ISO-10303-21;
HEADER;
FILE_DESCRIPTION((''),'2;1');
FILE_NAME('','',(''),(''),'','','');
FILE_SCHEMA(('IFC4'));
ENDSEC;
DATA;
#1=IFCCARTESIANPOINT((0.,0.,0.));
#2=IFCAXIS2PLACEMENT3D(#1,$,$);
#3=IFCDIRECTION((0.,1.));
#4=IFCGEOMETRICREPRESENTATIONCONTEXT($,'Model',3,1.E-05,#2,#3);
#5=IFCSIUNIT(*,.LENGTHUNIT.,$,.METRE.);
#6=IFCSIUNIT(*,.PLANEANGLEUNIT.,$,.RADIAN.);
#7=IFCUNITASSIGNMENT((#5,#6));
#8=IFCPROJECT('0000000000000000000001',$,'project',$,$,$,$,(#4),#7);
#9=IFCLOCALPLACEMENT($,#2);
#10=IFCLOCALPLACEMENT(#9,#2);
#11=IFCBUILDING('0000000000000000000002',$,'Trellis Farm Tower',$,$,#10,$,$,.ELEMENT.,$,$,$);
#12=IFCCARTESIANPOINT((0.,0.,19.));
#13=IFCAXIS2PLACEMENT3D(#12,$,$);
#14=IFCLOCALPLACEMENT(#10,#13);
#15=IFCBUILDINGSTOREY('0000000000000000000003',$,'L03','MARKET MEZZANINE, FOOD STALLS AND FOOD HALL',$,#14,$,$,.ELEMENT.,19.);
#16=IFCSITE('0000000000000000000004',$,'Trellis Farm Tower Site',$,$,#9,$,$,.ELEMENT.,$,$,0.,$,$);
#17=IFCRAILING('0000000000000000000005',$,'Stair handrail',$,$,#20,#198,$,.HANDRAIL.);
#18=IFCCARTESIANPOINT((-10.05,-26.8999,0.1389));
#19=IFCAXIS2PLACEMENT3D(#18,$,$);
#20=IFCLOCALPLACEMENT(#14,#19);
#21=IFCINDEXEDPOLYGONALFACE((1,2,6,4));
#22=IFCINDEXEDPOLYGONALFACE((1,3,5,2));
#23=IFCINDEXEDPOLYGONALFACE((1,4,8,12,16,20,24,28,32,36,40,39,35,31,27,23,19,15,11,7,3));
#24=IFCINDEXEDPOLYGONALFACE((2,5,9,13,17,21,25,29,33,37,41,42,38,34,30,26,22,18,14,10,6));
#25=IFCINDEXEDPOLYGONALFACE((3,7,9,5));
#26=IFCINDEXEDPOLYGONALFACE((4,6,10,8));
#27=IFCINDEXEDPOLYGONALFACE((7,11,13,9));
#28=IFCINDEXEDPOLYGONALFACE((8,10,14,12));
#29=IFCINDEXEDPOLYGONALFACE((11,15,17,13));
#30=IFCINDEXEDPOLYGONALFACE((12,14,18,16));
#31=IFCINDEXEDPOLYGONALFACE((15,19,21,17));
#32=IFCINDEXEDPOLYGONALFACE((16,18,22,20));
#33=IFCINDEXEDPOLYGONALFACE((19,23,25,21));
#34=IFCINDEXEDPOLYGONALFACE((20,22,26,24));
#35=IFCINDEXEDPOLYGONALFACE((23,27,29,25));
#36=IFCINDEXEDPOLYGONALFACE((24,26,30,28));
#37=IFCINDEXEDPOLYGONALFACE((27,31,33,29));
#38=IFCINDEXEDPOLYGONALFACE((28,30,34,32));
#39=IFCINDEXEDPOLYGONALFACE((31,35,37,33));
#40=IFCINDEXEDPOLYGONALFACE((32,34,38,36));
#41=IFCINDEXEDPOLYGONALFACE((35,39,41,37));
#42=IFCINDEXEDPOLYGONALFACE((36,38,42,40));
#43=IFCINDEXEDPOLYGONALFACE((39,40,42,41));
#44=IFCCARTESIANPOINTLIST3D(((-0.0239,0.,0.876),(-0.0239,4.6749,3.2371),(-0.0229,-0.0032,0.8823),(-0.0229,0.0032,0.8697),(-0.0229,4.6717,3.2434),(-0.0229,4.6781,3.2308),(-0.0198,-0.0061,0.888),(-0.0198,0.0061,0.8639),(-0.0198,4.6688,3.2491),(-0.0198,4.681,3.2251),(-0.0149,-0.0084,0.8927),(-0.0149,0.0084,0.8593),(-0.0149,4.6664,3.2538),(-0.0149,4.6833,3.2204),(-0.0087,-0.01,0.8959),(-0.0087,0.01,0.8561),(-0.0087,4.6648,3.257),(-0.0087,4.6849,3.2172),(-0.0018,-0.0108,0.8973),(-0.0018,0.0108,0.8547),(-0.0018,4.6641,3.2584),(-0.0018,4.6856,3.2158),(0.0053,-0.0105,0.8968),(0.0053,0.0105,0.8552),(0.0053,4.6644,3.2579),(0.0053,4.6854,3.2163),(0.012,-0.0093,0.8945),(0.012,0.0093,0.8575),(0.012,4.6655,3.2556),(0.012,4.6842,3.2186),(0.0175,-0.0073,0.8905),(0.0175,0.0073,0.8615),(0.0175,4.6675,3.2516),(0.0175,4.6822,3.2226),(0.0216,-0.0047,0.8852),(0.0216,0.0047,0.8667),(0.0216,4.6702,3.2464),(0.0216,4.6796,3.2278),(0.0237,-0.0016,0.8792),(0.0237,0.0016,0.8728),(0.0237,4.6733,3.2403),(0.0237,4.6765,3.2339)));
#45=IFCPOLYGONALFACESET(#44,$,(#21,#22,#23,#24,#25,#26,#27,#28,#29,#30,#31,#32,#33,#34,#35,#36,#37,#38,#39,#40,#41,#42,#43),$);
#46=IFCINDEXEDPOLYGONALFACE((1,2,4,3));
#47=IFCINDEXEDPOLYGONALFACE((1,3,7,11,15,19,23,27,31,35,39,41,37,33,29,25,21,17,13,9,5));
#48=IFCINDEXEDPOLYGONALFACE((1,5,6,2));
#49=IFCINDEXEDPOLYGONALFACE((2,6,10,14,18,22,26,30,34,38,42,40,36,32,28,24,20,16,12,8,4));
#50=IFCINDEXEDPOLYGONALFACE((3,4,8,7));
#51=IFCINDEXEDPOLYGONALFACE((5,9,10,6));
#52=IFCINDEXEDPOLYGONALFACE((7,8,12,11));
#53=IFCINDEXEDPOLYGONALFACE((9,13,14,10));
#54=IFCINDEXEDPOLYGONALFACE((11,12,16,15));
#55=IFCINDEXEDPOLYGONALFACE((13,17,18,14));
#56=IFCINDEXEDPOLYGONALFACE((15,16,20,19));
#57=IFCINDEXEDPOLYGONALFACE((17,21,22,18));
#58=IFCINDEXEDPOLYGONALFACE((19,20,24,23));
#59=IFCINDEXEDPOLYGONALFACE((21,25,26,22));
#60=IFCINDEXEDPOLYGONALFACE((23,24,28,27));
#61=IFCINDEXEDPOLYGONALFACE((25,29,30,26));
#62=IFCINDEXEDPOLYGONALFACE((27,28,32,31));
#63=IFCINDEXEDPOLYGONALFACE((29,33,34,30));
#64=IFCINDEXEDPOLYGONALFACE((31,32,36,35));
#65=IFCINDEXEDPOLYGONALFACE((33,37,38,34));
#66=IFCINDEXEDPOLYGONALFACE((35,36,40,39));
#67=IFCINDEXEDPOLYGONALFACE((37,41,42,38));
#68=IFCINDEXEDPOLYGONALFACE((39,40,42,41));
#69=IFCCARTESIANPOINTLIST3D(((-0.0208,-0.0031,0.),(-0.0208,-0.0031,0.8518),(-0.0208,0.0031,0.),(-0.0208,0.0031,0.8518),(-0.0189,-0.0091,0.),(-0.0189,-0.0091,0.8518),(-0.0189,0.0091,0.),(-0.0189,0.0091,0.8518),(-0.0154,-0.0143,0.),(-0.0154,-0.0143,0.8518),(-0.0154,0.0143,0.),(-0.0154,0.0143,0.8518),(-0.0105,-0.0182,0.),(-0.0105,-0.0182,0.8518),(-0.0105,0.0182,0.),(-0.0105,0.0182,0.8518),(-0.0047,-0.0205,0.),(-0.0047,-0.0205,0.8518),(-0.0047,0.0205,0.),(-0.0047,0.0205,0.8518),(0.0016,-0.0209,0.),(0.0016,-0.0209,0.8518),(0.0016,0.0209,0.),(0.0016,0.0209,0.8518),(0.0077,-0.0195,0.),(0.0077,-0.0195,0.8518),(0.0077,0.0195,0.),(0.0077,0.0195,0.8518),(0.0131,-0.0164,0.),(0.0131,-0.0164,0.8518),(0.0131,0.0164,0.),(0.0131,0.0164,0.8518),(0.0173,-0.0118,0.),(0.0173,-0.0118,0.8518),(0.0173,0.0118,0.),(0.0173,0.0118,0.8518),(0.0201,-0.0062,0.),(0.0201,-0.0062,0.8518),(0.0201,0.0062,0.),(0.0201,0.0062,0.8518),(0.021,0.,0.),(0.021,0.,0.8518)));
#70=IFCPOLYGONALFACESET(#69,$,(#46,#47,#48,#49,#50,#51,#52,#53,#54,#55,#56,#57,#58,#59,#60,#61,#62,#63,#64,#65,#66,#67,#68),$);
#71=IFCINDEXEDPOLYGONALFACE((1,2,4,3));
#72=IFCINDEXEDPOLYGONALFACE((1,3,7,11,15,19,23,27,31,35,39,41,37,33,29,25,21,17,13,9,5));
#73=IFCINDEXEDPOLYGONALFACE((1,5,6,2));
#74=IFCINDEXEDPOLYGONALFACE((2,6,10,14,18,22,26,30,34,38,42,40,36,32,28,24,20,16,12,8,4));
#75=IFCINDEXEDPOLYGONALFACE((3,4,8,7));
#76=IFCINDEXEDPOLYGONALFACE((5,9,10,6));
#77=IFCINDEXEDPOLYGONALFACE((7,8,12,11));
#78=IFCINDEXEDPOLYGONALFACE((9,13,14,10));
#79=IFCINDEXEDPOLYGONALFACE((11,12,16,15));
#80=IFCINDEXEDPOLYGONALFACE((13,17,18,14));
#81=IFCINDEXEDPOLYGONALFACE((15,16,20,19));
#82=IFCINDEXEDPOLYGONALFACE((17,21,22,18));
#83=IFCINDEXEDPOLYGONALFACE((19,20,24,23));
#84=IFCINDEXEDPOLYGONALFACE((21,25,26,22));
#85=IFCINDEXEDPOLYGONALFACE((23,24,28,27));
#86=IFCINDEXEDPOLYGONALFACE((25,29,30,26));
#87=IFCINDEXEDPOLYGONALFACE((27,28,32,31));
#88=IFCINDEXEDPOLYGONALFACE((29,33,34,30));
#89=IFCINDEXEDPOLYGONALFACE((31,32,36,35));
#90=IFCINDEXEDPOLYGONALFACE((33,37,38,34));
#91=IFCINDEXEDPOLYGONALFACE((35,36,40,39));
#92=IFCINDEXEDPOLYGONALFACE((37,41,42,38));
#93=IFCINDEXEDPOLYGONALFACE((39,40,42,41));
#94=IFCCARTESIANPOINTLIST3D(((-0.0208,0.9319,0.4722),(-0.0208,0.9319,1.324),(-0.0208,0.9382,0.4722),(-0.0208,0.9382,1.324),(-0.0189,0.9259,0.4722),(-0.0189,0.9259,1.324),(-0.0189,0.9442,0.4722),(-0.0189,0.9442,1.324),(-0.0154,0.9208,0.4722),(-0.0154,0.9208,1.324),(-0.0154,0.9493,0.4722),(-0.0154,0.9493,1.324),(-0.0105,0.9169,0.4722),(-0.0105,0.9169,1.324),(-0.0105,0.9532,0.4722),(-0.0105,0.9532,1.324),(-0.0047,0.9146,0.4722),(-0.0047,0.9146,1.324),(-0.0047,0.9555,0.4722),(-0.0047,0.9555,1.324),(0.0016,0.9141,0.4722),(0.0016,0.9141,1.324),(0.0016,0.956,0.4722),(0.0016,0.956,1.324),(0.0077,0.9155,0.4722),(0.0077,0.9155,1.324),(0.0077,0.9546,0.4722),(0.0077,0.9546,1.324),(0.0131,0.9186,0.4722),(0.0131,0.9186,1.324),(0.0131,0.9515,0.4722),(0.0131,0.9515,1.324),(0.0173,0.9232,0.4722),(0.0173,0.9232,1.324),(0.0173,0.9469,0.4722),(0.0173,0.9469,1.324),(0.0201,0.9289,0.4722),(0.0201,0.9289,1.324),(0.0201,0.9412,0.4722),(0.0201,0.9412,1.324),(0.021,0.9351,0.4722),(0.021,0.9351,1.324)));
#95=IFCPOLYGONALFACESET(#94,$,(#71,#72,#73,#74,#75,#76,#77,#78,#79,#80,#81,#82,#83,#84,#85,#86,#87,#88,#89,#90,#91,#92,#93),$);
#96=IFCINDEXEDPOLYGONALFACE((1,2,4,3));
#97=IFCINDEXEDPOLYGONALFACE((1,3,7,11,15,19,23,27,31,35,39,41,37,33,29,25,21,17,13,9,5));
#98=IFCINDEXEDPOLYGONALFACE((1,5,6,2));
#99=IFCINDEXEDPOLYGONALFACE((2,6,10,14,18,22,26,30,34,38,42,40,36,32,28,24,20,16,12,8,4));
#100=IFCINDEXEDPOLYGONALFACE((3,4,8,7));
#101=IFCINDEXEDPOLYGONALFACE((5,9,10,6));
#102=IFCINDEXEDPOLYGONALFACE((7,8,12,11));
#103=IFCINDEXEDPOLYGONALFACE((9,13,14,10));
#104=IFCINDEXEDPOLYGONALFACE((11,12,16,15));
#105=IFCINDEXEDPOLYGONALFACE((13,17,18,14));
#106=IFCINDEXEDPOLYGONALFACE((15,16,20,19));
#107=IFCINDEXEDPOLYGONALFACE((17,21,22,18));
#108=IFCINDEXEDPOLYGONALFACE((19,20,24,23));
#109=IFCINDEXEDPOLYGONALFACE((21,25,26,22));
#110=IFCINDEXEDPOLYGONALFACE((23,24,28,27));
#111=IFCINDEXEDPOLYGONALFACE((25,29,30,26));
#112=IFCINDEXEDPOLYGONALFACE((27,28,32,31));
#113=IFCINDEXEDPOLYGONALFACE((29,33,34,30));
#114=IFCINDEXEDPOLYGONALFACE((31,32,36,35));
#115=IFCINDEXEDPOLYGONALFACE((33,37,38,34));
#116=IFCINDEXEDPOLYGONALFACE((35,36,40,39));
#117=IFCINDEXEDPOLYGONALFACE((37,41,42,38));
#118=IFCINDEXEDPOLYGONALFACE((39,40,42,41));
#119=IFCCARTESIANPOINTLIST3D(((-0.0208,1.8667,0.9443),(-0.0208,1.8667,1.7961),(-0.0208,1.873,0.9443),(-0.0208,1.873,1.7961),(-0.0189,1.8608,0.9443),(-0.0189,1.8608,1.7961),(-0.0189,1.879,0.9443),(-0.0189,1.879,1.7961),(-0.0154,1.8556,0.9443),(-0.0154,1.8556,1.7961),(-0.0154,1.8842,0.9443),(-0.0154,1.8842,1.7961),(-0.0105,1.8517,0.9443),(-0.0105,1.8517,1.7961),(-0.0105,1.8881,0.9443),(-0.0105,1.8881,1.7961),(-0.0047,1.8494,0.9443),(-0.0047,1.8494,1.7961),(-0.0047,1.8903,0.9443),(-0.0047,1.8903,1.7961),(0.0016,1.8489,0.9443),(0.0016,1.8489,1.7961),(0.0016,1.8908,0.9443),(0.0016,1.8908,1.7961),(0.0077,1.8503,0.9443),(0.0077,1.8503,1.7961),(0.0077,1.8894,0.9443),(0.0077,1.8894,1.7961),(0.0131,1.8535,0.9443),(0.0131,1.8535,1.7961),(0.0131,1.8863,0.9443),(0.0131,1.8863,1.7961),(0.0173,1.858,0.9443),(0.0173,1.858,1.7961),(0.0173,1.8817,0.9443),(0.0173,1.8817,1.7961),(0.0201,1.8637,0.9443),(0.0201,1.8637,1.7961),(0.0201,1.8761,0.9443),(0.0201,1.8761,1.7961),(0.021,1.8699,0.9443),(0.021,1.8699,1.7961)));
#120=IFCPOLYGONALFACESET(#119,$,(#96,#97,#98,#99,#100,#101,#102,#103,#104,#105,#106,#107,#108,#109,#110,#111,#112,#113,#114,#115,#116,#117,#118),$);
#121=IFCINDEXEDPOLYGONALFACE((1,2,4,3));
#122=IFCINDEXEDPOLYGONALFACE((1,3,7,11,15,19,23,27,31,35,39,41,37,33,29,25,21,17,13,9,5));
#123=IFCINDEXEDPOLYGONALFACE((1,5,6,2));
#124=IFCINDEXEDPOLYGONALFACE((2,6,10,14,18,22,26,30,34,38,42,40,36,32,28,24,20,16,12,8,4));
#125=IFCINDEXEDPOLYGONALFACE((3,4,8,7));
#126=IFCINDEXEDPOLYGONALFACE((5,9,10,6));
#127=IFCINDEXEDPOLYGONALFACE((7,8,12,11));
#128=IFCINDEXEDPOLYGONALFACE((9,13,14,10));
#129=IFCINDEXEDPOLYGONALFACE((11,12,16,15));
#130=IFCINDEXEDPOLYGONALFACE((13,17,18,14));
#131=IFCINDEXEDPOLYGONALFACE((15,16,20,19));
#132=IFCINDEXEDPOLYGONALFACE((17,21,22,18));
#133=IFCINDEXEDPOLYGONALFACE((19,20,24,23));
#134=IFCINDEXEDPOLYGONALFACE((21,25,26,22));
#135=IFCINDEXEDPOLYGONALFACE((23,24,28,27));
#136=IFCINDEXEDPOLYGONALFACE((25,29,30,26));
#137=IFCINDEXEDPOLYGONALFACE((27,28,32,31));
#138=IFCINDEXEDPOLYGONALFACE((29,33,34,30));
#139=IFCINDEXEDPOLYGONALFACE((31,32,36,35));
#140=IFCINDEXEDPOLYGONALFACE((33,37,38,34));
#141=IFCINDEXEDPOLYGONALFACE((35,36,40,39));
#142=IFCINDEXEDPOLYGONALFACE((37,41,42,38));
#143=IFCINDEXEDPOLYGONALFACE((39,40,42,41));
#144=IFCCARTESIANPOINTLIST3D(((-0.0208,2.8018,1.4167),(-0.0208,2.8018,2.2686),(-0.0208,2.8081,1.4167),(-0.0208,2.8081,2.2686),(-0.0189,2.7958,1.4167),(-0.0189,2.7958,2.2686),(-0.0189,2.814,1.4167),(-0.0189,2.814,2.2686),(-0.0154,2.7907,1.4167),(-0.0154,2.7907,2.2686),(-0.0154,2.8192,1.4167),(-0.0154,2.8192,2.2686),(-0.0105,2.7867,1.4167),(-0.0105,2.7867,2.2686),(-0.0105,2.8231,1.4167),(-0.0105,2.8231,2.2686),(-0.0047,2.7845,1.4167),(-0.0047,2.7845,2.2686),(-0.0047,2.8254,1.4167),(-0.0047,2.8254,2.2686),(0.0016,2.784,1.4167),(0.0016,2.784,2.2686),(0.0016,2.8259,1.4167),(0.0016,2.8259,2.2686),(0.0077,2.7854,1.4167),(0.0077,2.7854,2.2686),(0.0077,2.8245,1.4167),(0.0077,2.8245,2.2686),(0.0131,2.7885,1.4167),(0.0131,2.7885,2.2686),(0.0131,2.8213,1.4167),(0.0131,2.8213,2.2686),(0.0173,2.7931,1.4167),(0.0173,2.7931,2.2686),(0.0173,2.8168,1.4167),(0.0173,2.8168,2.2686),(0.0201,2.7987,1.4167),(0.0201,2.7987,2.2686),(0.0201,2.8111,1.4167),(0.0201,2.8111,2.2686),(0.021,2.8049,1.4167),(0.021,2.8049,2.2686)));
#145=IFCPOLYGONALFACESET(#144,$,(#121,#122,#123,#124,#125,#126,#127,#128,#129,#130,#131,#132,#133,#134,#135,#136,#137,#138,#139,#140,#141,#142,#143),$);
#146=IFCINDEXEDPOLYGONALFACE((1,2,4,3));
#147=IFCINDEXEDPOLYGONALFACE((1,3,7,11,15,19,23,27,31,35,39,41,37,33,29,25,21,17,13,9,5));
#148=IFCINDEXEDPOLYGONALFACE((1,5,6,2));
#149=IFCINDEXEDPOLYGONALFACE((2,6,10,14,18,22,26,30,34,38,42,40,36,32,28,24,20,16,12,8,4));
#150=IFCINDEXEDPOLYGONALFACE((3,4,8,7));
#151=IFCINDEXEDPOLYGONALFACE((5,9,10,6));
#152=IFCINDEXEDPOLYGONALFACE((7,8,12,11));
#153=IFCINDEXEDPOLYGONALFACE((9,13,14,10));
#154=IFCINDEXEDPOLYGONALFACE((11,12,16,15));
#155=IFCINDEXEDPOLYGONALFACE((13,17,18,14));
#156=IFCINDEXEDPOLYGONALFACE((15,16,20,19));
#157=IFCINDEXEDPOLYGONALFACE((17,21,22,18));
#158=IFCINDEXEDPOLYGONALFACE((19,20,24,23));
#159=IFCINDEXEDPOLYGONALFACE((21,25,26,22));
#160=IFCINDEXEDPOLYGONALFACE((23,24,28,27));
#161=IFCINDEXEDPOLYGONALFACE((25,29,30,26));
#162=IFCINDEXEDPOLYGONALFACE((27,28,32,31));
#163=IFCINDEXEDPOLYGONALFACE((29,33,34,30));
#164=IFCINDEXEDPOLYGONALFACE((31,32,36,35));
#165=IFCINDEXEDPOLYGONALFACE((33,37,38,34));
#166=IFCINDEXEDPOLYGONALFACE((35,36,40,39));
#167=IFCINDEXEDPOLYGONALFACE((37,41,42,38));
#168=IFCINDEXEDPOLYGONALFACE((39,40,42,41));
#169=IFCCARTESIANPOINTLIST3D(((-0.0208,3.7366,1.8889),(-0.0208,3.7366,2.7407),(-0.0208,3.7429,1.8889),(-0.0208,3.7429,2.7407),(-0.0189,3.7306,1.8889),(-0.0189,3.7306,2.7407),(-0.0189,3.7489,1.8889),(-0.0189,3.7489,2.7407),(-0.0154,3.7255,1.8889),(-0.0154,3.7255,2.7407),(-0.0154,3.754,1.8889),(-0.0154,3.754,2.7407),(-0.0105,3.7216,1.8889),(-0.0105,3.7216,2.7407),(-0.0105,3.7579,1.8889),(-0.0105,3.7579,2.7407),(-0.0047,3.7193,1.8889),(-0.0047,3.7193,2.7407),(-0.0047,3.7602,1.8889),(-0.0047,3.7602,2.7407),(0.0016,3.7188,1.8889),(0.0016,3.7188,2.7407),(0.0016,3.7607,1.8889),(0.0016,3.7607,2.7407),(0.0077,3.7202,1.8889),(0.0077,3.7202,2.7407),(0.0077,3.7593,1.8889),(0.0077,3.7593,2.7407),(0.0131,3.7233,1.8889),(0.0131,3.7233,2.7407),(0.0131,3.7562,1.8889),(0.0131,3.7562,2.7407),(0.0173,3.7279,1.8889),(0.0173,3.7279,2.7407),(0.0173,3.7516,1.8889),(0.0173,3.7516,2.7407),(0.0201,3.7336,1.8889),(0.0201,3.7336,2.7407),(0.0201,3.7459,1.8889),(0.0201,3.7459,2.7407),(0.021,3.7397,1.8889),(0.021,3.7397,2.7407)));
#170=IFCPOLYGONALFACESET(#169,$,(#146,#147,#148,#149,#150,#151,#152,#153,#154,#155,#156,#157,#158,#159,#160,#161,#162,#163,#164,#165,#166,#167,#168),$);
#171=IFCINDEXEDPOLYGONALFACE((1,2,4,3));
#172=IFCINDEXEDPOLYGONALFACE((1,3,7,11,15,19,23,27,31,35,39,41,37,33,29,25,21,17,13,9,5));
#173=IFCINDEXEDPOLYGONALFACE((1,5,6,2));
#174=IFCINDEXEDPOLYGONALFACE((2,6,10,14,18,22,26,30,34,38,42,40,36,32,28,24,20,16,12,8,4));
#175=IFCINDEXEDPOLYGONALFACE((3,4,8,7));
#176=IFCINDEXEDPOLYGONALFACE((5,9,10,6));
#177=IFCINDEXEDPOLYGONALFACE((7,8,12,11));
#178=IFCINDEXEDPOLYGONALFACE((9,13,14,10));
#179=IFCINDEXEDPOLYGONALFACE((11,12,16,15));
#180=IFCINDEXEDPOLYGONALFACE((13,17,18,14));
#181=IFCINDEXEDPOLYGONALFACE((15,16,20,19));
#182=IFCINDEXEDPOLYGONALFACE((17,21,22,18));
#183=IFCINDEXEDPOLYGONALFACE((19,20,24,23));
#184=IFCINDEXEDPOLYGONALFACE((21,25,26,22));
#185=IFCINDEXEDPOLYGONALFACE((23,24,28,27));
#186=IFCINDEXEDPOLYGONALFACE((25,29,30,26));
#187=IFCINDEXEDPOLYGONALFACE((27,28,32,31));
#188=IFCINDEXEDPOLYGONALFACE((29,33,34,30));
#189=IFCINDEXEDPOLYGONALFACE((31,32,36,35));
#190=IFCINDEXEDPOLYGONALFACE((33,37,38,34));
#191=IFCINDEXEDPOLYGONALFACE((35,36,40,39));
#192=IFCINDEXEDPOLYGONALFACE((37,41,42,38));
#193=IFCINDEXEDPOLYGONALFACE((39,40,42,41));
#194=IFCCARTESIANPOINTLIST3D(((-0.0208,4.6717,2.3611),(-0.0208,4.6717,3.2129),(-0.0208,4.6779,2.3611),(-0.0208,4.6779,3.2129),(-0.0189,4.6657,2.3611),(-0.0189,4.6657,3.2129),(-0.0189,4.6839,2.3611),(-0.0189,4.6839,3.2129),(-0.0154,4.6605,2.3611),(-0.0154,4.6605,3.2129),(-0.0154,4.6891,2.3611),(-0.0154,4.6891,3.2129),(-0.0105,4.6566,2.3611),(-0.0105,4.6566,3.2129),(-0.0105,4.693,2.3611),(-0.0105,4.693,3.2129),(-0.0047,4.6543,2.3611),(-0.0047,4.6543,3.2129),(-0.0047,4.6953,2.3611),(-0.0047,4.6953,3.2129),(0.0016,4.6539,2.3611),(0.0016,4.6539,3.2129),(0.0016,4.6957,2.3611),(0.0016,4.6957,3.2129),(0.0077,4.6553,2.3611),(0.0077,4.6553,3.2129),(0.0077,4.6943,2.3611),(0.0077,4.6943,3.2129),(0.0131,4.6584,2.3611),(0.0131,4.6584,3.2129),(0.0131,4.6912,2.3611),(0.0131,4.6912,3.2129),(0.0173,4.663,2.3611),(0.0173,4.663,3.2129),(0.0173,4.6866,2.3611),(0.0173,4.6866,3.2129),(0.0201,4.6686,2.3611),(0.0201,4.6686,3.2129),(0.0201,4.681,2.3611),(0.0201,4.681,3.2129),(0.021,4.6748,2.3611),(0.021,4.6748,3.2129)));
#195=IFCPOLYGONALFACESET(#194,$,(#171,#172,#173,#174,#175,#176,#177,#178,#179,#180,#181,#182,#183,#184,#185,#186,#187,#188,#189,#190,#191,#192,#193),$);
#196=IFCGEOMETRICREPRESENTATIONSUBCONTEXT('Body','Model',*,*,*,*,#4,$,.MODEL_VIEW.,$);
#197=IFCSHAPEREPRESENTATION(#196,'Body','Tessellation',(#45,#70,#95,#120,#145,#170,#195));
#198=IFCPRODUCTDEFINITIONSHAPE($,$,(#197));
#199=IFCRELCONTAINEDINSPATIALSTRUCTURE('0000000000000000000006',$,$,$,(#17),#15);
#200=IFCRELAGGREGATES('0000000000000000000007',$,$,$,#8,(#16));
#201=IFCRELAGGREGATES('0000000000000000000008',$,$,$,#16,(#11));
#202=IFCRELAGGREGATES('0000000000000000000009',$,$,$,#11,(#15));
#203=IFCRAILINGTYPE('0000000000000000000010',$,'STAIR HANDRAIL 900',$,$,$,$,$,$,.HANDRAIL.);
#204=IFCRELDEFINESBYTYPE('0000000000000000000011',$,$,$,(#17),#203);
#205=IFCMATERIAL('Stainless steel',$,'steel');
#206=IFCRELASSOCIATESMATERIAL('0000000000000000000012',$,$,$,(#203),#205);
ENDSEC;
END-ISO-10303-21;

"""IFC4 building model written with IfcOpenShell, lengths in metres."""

from ifc_helpers import new_model, si_unit, direction, frame, origin, origin_2d, place, context, subcontext, project, spatial, circle, extrude, source, transform, mapped, material, type_object, element, save


model = new_model("IFC4")

# Units and contexts
model_context = context("Model", 3, precision=1e-05, world=origin(), true_north=direction((0.0, 1.0)))
body_context = subcontext(model_context, "Body", "Model", "MODEL_VIEW")
ifc_project = project(units=[si_unit("LENGTHUNIT", "METRE"), si_unit("PLANEANGLEUNIT", "RADIAN")], contexts=[model_context])

# Site, building, storey
site_placement = place(None, origin())
site = spatial("IfcSite", under=ifc_project, at=site_placement, Name="Trellis Farm Tower Site", CompositionType="ELEMENT", RefElevation=0.0)
building_placement = place(site_placement, origin())
building = spatial("IfcBuilding", under=site, at=building_placement, Name="Trellis Farm Tower", CompositionType="ELEMENT")
storey_placement = place(building_placement, frame((0.0, 0.0, 19.0)))
storey = spatial("IfcBuildingStorey", under=building, at=storey_placement, Name="L03", Description="MARKET MEZZANINE, FOOD STALLS AND FOOD HALL", CompositionType="ELEMENT", Elevation=19.0)

# Railing
ifc_material_1 = material(Name="Stainless steel", Category="steel")
railing_type = type_object("IfcRailingType", Name="STAIR HANDRAIL 900", PredefinedType="HANDRAIL", material=ifc_material_1)
shared_shape_1 = source(origin(), body_context, "Body", "SweptSolid", [
    extrude(circle(Radius=0.0239, at=origin_2d()), frame((0.0, 0.0, 0.876), z_axis=(0.0, 0.892611, 0.450827), x_axis=(-1.0, 0.0, 0.0)), (0.0, 0.0, 1.0), 5.2373),
    extrude(circle(Radius=0.021, at=origin_2d()), origin(), (0.0, 0.0, 1.0), 0.8518),
    extrude(circle(Radius=0.021, at=origin_2d()), frame((0.0, 0.9351, 0.4722)), (0.0, 0.0, 1.0), 0.8518),
    extrude(circle(Radius=0.021, at=origin_2d()), frame((0.0, 1.8699, 0.9443)), (0.0, 0.0, 1.0), 0.8518),
    extrude(circle(Radius=0.021, at=origin_2d()), frame((0.0, 2.8049, 1.4167)), (0.0, 0.0, 1.0), 0.8518),
    extrude(circle(Radius=0.021, at=origin_2d()), frame((0.0, 3.7397, 1.8889)), (0.0, 0.0, 1.0), 0.8518),
    extrude(circle(Radius=0.021, at=origin_2d()), frame((0.0, 4.6748, 2.3611)), (0.0, 0.0, 1.0), 0.8518),
])
railing_placement = place(storey_placement, frame((-10.05, -26.8999, 0.1389)))
element("IfcRailing", 1, at=railing_placement, inside=storey, type_object=railing_type, Name="Stair handrail", PredefinedType="HANDRAIL", context=body_context, shape_type="MappedRepresentation", body=[
    mapped(shared_shape_1, transform((0.0, 0.0, 0.0))),
])

save(model, "model.ifc")
